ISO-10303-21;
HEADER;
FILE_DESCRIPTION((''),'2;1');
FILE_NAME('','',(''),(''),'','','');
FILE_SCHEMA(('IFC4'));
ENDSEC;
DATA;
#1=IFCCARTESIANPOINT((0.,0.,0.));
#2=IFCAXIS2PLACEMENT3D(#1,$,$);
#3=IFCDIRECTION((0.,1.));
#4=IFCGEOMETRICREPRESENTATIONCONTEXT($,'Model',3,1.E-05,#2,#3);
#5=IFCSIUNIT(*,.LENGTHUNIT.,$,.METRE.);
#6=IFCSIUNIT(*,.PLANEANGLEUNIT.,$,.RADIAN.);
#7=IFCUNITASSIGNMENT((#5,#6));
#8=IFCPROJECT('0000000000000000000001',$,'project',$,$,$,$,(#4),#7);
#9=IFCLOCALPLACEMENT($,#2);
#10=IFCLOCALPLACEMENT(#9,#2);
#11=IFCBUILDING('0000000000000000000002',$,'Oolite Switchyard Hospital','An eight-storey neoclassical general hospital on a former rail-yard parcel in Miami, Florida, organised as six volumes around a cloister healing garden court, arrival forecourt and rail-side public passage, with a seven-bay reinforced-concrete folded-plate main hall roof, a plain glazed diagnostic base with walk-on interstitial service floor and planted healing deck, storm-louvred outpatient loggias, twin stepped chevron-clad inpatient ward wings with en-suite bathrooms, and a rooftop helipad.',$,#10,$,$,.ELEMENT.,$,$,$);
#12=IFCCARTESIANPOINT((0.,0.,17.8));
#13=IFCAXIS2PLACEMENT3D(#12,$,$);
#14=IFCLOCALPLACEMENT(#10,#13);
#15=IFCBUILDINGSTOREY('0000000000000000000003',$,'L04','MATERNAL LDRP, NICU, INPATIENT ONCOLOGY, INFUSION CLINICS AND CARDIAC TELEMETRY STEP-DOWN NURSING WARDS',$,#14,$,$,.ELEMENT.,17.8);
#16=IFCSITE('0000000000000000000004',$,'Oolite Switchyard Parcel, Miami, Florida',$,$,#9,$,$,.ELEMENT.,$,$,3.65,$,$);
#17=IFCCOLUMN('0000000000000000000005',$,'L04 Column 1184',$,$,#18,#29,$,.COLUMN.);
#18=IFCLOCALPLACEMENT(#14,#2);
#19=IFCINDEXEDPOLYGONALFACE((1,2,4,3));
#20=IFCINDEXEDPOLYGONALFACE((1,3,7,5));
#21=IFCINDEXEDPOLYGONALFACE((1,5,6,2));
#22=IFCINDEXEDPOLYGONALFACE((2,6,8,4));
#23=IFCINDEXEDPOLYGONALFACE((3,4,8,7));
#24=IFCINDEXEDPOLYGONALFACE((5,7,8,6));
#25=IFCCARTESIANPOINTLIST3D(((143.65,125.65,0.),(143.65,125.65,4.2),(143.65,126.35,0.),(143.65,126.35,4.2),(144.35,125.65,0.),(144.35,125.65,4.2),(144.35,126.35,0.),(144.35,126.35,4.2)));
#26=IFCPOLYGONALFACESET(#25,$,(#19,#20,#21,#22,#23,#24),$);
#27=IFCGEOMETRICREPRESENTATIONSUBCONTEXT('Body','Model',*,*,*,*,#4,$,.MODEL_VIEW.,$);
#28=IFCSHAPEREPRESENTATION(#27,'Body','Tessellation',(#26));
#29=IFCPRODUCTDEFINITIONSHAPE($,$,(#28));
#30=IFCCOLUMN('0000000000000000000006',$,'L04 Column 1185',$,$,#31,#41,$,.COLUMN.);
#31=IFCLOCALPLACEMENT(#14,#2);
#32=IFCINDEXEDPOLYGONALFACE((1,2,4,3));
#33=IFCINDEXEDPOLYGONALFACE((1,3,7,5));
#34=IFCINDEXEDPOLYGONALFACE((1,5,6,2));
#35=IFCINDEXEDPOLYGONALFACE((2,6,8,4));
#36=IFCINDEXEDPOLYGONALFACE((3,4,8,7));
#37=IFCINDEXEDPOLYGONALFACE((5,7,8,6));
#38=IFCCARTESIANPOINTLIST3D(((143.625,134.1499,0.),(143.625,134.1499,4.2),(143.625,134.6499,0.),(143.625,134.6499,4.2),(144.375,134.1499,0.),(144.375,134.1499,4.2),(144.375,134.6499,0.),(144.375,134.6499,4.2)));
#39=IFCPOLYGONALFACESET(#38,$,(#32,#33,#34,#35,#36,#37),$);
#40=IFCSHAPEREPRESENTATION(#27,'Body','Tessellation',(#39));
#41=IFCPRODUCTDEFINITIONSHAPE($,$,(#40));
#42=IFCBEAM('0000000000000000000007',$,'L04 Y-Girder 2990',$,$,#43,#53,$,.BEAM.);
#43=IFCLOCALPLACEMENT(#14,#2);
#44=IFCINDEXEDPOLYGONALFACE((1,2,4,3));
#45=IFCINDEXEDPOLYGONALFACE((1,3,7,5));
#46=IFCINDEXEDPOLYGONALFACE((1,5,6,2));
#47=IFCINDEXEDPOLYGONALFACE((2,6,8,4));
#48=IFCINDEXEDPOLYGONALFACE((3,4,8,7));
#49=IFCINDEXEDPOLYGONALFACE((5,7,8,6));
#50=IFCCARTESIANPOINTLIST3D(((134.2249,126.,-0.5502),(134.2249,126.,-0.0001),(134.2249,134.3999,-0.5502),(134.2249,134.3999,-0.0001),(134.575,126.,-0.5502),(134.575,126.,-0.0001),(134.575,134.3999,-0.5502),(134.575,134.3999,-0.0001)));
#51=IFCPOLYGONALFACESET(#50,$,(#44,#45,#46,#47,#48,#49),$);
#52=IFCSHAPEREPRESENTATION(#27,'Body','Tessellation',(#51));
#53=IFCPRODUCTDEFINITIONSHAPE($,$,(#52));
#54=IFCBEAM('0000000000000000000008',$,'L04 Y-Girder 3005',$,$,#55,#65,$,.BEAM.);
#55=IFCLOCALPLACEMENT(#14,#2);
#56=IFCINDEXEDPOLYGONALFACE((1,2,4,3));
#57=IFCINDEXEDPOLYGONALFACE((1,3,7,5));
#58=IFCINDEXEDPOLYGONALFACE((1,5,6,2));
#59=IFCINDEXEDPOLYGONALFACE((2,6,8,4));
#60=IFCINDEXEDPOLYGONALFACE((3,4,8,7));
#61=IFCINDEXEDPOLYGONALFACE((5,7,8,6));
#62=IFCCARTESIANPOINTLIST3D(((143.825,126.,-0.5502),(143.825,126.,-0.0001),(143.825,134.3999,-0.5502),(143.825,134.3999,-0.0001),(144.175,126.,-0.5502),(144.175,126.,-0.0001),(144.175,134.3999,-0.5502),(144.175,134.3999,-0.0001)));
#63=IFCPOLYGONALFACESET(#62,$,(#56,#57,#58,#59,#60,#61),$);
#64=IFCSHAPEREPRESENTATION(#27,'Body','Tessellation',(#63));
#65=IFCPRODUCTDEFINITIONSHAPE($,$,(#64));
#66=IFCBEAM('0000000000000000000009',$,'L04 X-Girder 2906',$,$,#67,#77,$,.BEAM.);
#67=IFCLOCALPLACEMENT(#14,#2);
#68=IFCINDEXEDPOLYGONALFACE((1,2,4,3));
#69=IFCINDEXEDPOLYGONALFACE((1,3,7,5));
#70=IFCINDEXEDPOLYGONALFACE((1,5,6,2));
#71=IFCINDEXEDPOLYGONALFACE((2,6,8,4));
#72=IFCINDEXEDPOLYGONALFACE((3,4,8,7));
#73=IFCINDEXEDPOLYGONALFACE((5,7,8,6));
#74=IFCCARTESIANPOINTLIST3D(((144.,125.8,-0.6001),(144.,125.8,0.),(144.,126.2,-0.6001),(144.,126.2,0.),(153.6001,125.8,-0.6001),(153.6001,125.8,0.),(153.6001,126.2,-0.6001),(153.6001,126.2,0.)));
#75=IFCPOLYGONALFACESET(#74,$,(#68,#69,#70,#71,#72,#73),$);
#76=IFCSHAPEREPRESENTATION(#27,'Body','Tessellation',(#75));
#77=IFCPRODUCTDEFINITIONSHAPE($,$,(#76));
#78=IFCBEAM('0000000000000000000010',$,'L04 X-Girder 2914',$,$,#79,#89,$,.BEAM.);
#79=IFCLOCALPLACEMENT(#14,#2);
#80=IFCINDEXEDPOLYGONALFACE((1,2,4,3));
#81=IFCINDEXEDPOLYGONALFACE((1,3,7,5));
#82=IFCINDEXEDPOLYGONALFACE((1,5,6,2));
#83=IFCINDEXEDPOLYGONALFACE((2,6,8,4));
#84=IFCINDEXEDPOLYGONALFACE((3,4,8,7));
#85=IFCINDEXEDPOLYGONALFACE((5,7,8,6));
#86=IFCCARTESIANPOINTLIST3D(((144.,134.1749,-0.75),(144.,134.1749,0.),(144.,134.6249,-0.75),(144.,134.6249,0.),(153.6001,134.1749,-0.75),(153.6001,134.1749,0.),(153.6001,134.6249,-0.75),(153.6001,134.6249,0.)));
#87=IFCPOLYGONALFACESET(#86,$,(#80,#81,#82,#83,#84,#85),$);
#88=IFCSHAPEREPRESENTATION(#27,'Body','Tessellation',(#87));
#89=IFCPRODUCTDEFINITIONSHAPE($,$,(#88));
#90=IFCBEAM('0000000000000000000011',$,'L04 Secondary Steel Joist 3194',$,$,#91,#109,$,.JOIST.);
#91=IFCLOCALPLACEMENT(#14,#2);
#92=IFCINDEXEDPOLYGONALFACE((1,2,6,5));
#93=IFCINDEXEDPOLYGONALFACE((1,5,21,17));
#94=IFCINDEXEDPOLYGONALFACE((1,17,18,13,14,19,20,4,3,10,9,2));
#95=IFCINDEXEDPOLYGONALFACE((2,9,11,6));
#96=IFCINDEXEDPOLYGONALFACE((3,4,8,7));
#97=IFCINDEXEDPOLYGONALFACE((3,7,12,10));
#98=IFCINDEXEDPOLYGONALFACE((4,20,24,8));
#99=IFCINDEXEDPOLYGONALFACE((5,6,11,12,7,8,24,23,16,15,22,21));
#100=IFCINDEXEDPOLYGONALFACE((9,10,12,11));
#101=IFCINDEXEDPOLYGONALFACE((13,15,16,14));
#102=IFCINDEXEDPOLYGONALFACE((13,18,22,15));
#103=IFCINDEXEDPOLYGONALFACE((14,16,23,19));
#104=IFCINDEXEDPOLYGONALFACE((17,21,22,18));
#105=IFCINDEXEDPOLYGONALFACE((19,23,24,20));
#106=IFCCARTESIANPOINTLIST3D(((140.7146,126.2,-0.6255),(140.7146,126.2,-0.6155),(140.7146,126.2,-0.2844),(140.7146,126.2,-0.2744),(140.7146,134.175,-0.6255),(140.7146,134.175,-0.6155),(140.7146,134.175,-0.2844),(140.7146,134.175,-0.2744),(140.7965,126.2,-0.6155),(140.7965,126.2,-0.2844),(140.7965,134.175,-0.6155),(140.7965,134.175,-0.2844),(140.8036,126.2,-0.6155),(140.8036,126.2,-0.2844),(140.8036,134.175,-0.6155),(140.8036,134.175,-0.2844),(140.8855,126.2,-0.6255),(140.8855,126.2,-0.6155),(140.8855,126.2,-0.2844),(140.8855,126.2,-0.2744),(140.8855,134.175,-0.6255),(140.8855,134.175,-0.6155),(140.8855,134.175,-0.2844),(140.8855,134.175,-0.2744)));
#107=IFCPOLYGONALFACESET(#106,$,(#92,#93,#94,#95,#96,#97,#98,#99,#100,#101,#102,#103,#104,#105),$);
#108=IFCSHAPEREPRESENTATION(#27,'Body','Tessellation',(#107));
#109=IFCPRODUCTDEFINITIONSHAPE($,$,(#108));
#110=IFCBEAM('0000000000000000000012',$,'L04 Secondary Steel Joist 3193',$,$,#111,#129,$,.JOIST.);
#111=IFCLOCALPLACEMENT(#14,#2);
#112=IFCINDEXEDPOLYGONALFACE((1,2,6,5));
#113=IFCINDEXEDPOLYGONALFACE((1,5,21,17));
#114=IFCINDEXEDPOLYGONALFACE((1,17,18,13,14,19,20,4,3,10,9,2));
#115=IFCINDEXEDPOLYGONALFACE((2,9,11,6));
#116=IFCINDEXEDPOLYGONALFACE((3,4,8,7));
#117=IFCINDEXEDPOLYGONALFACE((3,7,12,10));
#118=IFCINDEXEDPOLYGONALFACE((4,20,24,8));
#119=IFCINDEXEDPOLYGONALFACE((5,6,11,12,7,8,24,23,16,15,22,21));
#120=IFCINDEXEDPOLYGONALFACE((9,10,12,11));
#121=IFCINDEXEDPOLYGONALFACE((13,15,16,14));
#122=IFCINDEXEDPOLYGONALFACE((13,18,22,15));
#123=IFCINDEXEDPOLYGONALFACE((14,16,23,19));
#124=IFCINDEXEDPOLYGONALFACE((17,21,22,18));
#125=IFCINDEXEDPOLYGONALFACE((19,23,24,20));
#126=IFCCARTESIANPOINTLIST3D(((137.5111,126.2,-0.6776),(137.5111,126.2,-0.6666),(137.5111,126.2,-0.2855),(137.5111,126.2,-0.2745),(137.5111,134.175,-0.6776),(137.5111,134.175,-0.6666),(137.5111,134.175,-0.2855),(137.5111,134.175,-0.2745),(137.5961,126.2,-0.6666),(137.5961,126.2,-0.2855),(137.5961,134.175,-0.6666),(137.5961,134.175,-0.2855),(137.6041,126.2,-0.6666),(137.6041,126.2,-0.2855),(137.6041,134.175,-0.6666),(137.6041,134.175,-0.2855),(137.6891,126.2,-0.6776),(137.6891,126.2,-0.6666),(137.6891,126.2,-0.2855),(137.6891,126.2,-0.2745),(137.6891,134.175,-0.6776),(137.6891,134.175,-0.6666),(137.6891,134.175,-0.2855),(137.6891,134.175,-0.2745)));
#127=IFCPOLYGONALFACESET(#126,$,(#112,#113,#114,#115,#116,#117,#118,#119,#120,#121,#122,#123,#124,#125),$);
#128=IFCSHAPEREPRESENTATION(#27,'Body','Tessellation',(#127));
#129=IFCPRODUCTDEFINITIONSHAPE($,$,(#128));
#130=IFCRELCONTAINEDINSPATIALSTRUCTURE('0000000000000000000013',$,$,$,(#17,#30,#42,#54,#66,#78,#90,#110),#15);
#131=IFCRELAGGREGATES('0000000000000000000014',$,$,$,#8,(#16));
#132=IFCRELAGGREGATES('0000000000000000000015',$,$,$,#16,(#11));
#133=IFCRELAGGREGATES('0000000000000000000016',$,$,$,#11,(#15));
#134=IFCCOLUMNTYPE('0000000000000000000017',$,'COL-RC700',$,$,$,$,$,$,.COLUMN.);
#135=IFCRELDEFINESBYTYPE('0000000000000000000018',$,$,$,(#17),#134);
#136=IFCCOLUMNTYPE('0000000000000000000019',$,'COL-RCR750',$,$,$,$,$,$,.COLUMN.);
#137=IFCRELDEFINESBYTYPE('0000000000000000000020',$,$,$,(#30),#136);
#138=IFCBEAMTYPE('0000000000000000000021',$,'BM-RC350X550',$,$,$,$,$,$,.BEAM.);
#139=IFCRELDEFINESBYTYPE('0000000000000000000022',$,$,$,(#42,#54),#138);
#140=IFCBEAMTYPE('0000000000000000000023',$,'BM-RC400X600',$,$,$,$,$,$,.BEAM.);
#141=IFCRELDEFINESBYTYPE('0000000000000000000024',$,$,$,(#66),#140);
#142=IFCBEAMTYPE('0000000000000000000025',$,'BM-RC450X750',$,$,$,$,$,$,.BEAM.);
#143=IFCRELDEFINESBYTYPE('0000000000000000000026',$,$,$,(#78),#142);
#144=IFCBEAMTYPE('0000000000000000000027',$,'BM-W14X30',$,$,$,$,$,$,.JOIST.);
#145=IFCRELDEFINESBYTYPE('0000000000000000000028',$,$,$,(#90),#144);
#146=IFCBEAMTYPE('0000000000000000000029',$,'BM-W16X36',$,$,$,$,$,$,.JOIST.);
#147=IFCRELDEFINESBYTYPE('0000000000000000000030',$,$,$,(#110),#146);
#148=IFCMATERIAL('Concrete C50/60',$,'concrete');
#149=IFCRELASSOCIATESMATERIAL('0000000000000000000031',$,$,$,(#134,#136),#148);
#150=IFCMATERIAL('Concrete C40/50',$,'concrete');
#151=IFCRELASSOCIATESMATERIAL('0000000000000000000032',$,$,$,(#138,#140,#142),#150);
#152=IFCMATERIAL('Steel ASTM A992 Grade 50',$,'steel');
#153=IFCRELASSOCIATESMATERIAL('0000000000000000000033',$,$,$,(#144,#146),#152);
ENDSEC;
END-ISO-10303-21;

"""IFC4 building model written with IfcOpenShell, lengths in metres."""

from ifc_helpers import new_model, si_unit, direction, frame, origin, origin_2d, place, context, subcontext, project, spatial, rectangle, i_section, extrude, material, material_profile, profile_set, type_object, element, save


model = new_model("IFC4")

# Units and contexts
model_context = context("Model", 3, precision=1e-05, world=origin(), true_north=direction((0.0, 1.0)))
body_context = subcontext(model_context, "Body", "Model", "MODEL_VIEW")
ifc_project = project(units=[si_unit("LENGTHUNIT", "METRE"), si_unit("PLANEANGLEUNIT", "RADIAN")], contexts=[model_context])

# Site, building, storey
site_placement = place(None, origin())
site = spatial("IfcSite", under=ifc_project, at=site_placement, Name="Oolite Switchyard Parcel, Miami, Florida", CompositionType="ELEMENT", RefElevation=3.65)
building_placement = place(site_placement, origin())
building = spatial("IfcBuilding", under=site, at=building_placement, Name="Oolite Switchyard Hospital", Description="An eight-storey neoclassical general hospital on a former rail-yard parcel in Miami, Florida, organised as six volumes around a cloister healing garden court, arrival forecourt and rail-side public passage, with a seven-bay reinforced-concrete folded-plate main hall roof, a plain glazed diagnostic base with walk-on interstitial service floor and planted healing deck, storm-louvred outpatient loggias, twin stepped chevron-clad inpatient ward wings with en-suite bathrooms, and a rooftop helipad.", CompositionType="ELEMENT")
storey_placement = place(building_placement, frame((0.0, 0.0, 17.8)))
storey = spatial("IfcBuildingStorey", under=building, at=storey_placement, Name="L04", Description="MATERNAL LDRP, NICU, INPATIENT ONCOLOGY, INFUSION CLINICS AND CARDIAC TELEMETRY STEP-DOWN NURSING WARDS", CompositionType="ELEMENT", Elevation=17.8)

# Columns
ifc_material_1 = material(Name="Concrete C50/60", Category="concrete")
ifc_material_profile_1 = material_profile(ifc_material_1, rectangle(XDim=0.7, YDim=0.7, at=origin_2d()), Name="RC700X700")
ifc_profile_set_1 = profile_set([ifc_material_profile_1], Name="Concrete C50/60")
column_type_1 = type_object("IfcColumnType", Name="COL-RC700", PredefinedType="COLUMN", material=ifc_profile_set_1)
column_1_placement = place(storey_placement, frame((144.0, 126.0, 0.0), z_axis=(0.0, 0.0, 1.0), x_axis=(1.0, 0.0, 0.0)))
element("IfcColumn", 1, at=column_1_placement, inside=storey, type_object=column_type_1, Name="L04 Column 1184", PredefinedType="COLUMN", context=body_context, shape_type="SweptSolid", body=[
    extrude(rectangle(XDim=0.7, YDim=0.7, at=origin_2d()), origin(), (0.0, 0.0, 1.0), 4.2),
])
ifc_material_profile_2 = material_profile(ifc_material_1, rectangle(XDim=0.75, YDim=0.5, at=origin_2d()), Name="RC750X500")
ifc_profile_set_2 = profile_set([ifc_material_profile_2], Name="Concrete C50/60")
column_type_2 = type_object("IfcColumnType", Name="COL-RCR750", PredefinedType="COLUMN", material=ifc_profile_set_2)
column_2_placement = place(storey_placement, frame((144.0, 134.3999, 0.0), z_axis=(0.0, 0.0, 1.0), x_axis=(1.0, 0.0, 0.0)))
element("IfcColumn", 2, at=column_2_placement, inside=storey, type_object=column_type_2, Name="L04 Column 1185", PredefinedType="COLUMN", context=body_context, shape_type="SweptSolid", body=[
    extrude(rectangle(XDim=0.75, YDim=0.5, at=origin_2d()), origin(), (0.0, 0.0, 1.0), 4.2),
])

# Beams
ifc_material_2 = material(Name="Concrete C40/50", Category="concrete")
ifc_material_profile_3 = material_profile(ifc_material_2, rectangle(XDim=0.3501, YDim=0.55, at=origin_2d()), Name="RCB350X550")
ifc_profile_set_3 = profile_set([ifc_material_profile_3], Name="Concrete C40/50")
beam_type_1 = type_object("IfcBeamType", Name="BM-RC350X550", PredefinedType="BEAM", material=ifc_profile_set_3)
for number, where, z_axis, x_axis, name in (
    (3, (134.3999, 126.0, -0.2751), (0.0, 1.0, 0.0), (-1.0, 0.0, 0.0), "L04 Y-Girder 2990"),
    (4, (144.0, 126.0, -0.2751), (0.0, 1.0, 0.0), (-1.0, 0.0, 0.0), "L04 Y-Girder 3005"),
):
    element("IfcBeam", number, at=place(storey_placement, frame(where, z_axis=z_axis, x_axis=x_axis)), inside=storey, type_object=beam_type_1, Name=name, PredefinedType="BEAM", context=body_context, shape_type="SweptSolid", body=[
        extrude(rectangle(XDim=0.3501, YDim=0.55, at=origin_2d()), origin(), (0.0, 0.0, 1.0), 8.3999),
    ])
ifc_material_profile_4 = material_profile(ifc_material_2, rectangle(XDim=0.3999, YDim=0.6001, at=origin_2d()), Name="RCB400X600")
ifc_profile_set_4 = profile_set([ifc_material_profile_4], Name="Concrete C40/50")
beam_type_2 = type_object("IfcBeamType", Name="BM-RC400X600", PredefinedType="BEAM", material=ifc_profile_set_4)
beam_1_placement = place(storey_placement, frame((144.0, 126.0, -0.3), z_axis=(1.0, 0.0, 0.0), x_axis=(0.0, 1.0, 0.0)))
element("IfcBeam", 5, at=beam_1_placement, inside=storey, type_object=beam_type_2, Name="L04 X-Girder 2906", PredefinedType="BEAM", context=body_context, shape_type="SweptSolid", body=[
    extrude(rectangle(XDim=0.3999, YDim=0.6001, at=origin_2d()), origin(), (0.0, 0.0, 1.0), 9.6001),
])
ifc_material_profile_5 = material_profile(ifc_material_2, rectangle(XDim=0.45, YDim=0.75, at=origin_2d()), Name="RCB450X750")
ifc_profile_set_5 = profile_set([ifc_material_profile_5], Name="Concrete C40/50")
beam_type_3 = type_object("IfcBeamType", Name="BM-RC450X750", PredefinedType="BEAM", material=ifc_profile_set_5)
beam_2_placement = place(storey_placement, frame((144.0, 134.3999, -0.375), z_axis=(1.0, 0.0, 0.0), x_axis=(0.0, 1.0, 0.0)))
element("IfcBeam", 6, at=beam_2_placement, inside=storey, type_object=beam_type_3, Name="L04 X-Girder 2914", PredefinedType="BEAM", context=body_context, shape_type="SweptSolid", body=[
    extrude(rectangle(XDim=0.45, YDim=0.75, at=origin_2d()), origin(), (0.0, 0.0, 1.0), 9.6001),
])
ifc_material_3 = material(Name="Steel ASTM A992 Grade 50", Category="steel")
ifc_material_profile_6 = material_profile(ifc_material_3, i_section(OverallWidth=0.1709, OverallDepth=0.3511, WebThickness=0.0071, FlangeThickness=0.01, at=origin_2d()), Name="W14X30")
ifc_profile_set_6 = profile_set([ifc_material_profile_6], Name="Steel ASTM A992 Grade 50")
beam_type_4 = type_object("IfcBeamType", Name="BM-W14X30", PredefinedType="JOIST", material=ifc_profile_set_6)
beam_3_placement = place(storey_placement, frame((140.8, 126.2, -0.45), z_axis=(0.0, 1.0, 0.0), x_axis=(-1.0, 0.0, 0.0)))
element("IfcBeam", 7, at=beam_3_placement, inside=storey, type_object=beam_type_4, Name="L04 Secondary Steel Joist 3194", PredefinedType="JOIST", context=body_context, shape_type="SweptSolid", body=[
    extrude(i_section(OverallWidth=0.1709, OverallDepth=0.3511, WebThickness=0.0071, FlangeThickness=0.01, at=origin_2d()), origin(), (0.0, 0.0, 1.0), 7.9751),
])
ifc_material_profile_7 = material_profile(ifc_material_3, i_section(OverallWidth=0.178, OverallDepth=0.4031, WebThickness=0.0081, FlangeThickness=0.011, at=origin_2d()), Name="W16X36")
ifc_profile_set_7 = profile_set([ifc_material_profile_7], Name="Steel ASTM A992 Grade 50")
beam_type_5 = type_object("IfcBeamType", Name="BM-W16X36", PredefinedType="JOIST", material=ifc_profile_set_7)
beam_4_placement = place(storey_placement, frame((137.6001, 126.2, -0.4761), z_axis=(0.0, 1.0, 0.0), x_axis=(-1.0, 0.0, 0.0)))
element("IfcBeam", 8, at=beam_4_placement, inside=storey, type_object=beam_type_5, Name="L04 Secondary Steel Joist 3193", PredefinedType="JOIST", context=body_context, shape_type="SweptSolid", body=[
    extrude(i_section(OverallWidth=0.178, OverallDepth=0.4031, WebThickness=0.0081, FlangeThickness=0.011, at=origin_2d()), origin(), (0.0, 0.0, 1.0), 7.9751),
])

save(model, "model.ifc")
